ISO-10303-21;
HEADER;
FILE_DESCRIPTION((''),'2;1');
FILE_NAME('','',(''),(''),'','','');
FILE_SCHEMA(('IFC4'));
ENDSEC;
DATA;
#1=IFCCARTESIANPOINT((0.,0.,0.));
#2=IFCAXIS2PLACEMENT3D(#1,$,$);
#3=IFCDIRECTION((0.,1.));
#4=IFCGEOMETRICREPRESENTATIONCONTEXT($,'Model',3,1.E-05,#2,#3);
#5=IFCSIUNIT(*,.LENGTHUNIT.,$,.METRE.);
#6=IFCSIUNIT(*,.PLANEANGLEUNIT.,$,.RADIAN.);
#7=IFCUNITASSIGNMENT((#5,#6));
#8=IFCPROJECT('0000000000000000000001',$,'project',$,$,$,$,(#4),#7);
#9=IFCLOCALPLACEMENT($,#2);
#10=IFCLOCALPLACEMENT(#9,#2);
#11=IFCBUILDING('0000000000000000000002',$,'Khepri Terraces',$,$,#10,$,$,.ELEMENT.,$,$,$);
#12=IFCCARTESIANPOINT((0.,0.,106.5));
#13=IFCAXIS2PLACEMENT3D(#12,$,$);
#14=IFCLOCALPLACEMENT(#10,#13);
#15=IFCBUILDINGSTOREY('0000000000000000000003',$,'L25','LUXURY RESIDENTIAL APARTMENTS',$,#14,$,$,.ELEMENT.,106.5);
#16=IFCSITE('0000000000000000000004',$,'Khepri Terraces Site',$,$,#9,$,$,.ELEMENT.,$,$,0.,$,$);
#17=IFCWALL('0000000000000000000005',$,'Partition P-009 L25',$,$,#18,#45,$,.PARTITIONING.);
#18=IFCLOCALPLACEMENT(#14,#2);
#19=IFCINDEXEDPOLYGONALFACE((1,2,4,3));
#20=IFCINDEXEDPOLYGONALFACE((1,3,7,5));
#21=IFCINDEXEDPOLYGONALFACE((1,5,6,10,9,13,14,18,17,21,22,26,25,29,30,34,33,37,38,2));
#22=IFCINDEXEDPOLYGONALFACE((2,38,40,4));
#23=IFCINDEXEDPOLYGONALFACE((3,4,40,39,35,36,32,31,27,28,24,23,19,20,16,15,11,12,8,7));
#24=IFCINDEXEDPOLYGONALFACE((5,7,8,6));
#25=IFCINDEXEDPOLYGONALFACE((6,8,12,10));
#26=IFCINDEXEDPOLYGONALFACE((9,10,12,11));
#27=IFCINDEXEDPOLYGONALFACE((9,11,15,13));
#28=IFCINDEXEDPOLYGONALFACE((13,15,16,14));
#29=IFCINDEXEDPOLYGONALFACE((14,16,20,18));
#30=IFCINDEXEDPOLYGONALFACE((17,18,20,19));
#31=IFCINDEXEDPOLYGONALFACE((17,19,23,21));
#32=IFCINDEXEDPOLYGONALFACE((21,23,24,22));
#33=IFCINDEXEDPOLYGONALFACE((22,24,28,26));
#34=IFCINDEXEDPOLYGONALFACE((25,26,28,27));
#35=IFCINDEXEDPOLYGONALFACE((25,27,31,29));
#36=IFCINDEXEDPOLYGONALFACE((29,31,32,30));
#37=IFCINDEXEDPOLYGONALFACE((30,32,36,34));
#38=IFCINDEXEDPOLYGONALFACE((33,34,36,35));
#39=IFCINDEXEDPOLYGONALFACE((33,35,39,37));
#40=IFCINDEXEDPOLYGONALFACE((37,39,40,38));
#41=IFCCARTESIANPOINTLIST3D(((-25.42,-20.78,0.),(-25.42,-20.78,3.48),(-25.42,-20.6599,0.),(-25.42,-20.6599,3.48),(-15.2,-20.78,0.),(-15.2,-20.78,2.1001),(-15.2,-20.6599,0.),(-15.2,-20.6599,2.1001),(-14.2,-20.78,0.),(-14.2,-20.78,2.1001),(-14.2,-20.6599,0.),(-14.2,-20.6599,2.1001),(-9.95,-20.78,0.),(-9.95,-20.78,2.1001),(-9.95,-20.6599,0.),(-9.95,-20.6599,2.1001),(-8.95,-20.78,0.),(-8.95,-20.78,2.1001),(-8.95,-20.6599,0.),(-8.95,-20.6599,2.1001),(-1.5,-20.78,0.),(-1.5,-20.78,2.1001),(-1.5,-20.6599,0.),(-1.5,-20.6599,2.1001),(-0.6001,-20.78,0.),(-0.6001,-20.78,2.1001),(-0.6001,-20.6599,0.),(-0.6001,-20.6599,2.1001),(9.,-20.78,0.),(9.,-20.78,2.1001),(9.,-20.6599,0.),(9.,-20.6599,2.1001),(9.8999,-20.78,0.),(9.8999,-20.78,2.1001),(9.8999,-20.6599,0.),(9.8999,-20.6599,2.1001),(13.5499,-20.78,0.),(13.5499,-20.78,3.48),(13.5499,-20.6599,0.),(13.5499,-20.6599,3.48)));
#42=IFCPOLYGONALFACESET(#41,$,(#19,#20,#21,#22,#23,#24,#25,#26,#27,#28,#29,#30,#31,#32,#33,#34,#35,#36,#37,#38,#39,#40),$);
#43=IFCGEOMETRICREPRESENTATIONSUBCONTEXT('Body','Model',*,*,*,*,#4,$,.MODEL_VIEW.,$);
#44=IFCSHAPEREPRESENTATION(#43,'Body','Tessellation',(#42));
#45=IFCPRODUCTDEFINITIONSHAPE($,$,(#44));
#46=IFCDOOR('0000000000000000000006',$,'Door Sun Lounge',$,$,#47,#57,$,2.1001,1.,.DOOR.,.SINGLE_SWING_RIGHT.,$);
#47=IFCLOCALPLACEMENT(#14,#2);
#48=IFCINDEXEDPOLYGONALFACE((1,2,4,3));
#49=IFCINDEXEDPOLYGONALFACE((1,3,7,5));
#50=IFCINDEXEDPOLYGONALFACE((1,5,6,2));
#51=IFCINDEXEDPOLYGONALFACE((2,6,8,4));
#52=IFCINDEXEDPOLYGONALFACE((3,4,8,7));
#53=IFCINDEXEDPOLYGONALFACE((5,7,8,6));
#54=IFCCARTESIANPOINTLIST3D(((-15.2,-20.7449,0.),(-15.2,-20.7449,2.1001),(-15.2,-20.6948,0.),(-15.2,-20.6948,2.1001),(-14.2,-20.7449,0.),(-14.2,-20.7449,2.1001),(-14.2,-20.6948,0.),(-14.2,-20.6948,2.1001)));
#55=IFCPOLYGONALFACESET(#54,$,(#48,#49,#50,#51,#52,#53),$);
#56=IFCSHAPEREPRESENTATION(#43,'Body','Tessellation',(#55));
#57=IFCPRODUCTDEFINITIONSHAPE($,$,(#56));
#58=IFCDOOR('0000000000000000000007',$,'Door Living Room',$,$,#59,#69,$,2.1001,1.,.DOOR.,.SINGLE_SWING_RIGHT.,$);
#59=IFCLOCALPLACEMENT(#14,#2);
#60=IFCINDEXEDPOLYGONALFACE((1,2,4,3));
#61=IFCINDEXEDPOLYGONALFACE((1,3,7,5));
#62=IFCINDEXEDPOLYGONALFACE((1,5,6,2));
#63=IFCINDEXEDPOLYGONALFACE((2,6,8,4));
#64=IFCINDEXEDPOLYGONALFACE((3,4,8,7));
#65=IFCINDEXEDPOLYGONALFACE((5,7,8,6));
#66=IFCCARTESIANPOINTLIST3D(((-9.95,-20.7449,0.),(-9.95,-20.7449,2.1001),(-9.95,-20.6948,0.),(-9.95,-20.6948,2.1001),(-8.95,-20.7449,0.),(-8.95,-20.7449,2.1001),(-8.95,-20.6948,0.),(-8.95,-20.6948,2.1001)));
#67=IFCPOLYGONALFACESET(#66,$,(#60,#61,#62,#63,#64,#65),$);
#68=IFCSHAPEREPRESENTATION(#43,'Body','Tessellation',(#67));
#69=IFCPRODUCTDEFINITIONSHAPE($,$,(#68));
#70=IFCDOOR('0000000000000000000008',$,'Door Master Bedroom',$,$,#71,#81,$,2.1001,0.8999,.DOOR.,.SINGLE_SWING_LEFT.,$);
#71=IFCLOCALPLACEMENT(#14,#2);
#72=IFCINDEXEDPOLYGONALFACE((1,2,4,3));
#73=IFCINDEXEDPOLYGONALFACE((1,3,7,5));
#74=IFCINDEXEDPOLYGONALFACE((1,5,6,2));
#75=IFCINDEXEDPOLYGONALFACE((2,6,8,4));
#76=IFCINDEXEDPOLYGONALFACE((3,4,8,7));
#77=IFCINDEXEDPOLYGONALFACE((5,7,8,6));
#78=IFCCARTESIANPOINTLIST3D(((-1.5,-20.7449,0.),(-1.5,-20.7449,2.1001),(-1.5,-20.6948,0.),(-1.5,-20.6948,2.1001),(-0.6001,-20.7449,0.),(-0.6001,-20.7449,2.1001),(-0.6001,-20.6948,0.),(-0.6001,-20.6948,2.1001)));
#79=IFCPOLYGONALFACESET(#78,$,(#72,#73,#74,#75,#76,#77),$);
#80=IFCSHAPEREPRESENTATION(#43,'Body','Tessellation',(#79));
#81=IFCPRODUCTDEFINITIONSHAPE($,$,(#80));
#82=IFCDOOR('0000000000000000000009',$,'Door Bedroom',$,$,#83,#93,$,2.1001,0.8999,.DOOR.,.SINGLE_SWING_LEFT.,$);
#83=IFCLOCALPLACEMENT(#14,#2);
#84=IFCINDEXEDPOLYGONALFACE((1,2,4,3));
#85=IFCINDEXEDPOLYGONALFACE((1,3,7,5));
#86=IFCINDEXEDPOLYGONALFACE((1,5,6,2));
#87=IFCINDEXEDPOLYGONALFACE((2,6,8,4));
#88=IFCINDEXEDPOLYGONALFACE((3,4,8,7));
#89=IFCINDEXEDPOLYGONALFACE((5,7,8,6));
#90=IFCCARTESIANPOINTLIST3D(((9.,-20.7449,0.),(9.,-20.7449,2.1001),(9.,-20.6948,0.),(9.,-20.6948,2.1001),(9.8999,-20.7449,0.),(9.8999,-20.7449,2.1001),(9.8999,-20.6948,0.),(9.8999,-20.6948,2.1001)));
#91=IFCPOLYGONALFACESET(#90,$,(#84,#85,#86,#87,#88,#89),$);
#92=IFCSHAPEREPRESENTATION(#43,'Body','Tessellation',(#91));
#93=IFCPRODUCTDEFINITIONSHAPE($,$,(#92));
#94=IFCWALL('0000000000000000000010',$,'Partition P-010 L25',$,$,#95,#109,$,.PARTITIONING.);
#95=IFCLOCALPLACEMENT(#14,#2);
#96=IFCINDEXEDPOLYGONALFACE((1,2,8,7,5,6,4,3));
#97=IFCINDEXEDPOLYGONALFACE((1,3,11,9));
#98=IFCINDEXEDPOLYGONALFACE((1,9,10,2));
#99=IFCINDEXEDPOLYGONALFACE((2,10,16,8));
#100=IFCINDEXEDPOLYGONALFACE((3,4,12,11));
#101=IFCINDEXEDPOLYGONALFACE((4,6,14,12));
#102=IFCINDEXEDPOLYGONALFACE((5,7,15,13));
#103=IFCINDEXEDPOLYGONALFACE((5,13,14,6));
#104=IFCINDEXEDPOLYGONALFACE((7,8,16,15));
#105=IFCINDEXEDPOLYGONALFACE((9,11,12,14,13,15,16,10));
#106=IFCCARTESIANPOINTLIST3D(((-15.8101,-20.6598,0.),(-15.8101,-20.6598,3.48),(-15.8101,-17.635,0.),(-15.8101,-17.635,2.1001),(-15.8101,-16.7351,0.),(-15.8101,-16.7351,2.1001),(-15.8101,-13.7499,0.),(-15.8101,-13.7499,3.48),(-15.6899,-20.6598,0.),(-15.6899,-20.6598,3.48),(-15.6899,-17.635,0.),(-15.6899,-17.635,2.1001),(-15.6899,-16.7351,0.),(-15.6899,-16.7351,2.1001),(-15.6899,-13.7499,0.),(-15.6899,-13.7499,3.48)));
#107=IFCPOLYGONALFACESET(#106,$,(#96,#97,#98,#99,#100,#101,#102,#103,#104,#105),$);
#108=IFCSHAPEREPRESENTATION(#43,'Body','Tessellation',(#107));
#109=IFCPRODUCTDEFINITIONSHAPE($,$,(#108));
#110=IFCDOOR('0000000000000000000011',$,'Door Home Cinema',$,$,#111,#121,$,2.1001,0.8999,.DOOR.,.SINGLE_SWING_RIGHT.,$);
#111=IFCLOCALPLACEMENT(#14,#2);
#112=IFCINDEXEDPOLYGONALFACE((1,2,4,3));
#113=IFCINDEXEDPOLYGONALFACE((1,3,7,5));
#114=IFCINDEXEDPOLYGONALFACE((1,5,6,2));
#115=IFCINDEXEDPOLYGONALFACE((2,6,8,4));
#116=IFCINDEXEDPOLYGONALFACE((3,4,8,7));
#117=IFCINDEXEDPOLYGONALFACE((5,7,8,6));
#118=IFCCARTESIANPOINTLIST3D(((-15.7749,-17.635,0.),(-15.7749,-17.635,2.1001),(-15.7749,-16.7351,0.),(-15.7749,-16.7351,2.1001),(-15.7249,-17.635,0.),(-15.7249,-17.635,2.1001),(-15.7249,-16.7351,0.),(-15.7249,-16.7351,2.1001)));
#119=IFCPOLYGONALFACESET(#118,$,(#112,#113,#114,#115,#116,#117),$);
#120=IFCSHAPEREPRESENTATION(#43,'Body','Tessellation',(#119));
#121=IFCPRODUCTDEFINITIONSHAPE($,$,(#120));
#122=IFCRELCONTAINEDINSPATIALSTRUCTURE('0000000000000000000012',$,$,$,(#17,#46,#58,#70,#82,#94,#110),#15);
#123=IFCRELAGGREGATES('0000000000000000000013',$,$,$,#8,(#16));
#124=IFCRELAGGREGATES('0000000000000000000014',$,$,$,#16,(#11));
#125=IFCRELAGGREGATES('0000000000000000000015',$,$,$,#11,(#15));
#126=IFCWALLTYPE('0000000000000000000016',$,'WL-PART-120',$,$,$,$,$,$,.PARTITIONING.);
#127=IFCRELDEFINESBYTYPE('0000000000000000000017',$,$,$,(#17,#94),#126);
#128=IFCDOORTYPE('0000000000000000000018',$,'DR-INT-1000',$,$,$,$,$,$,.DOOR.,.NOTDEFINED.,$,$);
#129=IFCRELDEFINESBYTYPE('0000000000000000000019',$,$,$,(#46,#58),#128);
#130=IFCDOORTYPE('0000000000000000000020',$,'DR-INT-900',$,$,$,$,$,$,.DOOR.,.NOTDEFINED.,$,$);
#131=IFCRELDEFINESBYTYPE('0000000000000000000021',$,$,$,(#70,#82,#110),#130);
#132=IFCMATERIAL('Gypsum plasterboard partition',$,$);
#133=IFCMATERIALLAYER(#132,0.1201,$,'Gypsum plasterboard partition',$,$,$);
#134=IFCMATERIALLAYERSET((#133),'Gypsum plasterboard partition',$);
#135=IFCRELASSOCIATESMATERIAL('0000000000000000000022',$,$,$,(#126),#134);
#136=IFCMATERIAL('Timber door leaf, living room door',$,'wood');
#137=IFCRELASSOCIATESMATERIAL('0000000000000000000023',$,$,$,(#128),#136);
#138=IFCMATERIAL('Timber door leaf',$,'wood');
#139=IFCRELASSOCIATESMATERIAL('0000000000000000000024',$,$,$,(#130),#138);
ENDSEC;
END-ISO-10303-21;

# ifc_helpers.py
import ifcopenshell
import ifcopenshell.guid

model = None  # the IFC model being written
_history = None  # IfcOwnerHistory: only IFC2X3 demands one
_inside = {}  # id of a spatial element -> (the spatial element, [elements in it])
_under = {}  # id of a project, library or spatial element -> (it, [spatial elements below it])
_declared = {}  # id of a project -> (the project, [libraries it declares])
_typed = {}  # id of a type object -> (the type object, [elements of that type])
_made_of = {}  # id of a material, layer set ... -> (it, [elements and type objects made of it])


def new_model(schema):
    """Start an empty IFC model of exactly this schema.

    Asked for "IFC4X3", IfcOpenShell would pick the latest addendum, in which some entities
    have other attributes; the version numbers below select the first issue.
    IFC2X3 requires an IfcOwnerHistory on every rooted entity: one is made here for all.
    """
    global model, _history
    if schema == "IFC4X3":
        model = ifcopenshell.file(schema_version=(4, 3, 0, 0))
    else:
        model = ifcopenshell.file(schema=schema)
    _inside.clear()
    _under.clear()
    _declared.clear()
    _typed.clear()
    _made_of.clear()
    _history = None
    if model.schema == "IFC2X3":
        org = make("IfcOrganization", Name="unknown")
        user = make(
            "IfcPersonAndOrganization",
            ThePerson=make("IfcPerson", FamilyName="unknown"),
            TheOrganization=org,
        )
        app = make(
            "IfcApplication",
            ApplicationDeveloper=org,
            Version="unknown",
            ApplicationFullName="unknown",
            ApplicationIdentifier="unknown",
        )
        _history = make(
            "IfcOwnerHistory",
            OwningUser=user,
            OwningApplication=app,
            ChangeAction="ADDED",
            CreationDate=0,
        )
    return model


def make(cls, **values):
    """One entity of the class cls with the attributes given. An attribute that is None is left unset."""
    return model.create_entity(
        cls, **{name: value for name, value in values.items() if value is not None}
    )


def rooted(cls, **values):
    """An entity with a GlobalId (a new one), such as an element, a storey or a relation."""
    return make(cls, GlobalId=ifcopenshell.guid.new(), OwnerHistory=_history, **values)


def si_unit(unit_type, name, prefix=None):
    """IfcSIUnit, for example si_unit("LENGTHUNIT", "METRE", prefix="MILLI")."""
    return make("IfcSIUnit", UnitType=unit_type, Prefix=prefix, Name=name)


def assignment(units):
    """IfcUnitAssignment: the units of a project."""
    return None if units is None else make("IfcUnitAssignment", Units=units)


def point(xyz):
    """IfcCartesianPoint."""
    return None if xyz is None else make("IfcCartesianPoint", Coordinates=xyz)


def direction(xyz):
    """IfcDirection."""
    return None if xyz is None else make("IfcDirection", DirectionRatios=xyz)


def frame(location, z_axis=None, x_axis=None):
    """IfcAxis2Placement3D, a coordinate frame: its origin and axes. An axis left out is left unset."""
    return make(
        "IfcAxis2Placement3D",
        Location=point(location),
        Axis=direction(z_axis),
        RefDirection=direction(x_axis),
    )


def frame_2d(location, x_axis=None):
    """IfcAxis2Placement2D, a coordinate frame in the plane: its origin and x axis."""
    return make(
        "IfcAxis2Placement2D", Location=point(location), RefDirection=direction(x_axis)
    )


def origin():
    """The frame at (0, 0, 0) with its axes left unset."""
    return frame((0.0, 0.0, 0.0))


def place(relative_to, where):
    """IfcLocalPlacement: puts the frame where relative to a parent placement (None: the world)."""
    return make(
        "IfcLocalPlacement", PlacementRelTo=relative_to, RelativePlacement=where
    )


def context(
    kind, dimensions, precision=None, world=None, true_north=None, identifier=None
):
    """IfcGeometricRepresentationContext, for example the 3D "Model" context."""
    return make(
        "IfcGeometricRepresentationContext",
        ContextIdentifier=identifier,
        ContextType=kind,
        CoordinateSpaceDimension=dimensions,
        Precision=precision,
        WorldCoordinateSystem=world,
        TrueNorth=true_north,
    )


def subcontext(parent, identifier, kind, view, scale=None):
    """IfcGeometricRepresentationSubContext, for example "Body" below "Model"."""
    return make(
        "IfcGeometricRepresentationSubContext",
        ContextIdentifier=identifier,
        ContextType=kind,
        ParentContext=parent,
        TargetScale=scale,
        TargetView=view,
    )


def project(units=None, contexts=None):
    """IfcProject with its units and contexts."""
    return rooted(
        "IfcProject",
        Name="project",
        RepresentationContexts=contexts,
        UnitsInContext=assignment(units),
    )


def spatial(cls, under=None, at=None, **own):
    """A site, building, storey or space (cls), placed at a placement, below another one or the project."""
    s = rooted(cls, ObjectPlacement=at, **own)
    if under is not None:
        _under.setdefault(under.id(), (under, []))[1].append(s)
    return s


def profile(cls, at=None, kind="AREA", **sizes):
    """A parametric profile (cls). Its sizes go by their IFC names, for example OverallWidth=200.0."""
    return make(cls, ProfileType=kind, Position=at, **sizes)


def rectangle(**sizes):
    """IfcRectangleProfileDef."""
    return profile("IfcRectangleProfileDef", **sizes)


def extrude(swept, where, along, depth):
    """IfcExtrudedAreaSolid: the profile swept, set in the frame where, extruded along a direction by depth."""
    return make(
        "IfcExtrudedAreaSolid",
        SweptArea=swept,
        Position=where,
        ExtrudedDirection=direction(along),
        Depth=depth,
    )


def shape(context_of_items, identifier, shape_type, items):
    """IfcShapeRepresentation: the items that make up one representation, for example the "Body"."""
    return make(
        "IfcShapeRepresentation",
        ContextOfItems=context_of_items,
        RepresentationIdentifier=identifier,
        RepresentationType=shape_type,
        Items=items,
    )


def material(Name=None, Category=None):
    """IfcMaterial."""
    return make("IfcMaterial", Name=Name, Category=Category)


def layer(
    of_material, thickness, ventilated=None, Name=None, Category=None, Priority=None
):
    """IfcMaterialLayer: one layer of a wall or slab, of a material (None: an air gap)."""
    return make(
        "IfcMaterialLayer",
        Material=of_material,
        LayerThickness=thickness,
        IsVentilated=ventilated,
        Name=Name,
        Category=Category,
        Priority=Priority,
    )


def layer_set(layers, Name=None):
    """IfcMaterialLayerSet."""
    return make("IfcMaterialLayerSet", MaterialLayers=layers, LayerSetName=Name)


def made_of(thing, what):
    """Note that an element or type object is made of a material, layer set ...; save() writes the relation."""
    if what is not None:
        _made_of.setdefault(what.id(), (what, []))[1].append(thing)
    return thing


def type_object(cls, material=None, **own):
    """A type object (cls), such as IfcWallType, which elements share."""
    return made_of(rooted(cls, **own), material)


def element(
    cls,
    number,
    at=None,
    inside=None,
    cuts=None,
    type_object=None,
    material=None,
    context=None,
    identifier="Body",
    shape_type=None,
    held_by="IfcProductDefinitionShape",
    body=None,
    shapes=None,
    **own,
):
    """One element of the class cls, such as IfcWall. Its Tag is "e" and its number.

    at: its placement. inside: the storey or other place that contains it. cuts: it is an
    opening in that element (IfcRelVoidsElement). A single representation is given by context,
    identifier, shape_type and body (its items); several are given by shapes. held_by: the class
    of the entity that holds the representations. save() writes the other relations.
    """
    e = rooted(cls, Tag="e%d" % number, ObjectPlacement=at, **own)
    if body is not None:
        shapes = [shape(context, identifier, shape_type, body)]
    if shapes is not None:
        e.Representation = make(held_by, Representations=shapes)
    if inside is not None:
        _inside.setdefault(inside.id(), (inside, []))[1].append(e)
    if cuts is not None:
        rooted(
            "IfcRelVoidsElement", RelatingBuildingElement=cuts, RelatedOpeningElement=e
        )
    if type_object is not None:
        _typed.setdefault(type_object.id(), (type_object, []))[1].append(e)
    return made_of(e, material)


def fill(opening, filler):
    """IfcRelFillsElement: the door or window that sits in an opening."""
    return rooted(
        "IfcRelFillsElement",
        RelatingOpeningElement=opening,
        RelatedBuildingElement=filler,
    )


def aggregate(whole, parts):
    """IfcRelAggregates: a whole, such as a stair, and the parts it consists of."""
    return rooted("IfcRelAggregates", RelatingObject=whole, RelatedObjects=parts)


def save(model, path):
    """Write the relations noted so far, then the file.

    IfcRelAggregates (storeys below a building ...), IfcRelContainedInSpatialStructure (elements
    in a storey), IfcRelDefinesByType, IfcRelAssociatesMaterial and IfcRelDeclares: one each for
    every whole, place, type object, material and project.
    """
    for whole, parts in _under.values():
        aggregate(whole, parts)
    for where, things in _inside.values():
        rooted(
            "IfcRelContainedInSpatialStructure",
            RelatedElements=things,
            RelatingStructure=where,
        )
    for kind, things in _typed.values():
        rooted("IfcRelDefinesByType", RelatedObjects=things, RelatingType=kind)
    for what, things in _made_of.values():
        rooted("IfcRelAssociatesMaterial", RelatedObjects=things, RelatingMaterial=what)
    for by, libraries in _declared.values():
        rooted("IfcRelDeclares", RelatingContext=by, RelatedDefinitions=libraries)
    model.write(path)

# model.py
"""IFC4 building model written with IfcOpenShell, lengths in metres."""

from ifc_helpers import new_model, si_unit, direction, frame, frame_2d, origin, place, context, subcontext, project, spatial, rectangle, extrude, material, layer, layer_set, type_object, element, fill, save


model = new_model("IFC4")

# Units and contexts
model_context = context("Model", 3, precision=1e-05, world=origin(), true_north=direction((0.0, 1.0)))
body_context = subcontext(model_context, "Body", "Model", "MODEL_VIEW")
ifc_project = project(units=[si_unit("LENGTHUNIT", "METRE"), si_unit("PLANEANGLEUNIT", "RADIAN")], contexts=[model_context])

# Site, building, storey
site_placement = place(None, origin())
site = spatial("IfcSite", under=ifc_project, at=site_placement, Name="Khepri Terraces Site", CompositionType="ELEMENT", RefElevation=0.0)
building_placement = place(site_placement, origin())
building = spatial("IfcBuilding", under=site, at=building_placement, Name="Khepri Terraces", CompositionType="ELEMENT")
storey_placement = place(building_placement, frame((0.0, 0.0, 106.5)))
storey = spatial("IfcBuildingStorey", under=building, at=storey_placement, Name="L25", Description="LUXURY RESIDENTIAL APARTMENTS", CompositionType="ELEMENT", Elevation=106.5)

# Wall, openings, doors
ifc_material_1 = material(Name="Gypsum plasterboard partition")
ifc_layer_1 = layer(ifc_material_1, 0.1201, Name="Gypsum plasterboard partition")
ifc_layer_set_1 = layer_set([ifc_layer_1], Name="Gypsum plasterboard partition")
wall_type_1 = type_object("IfcWallType", Name="WL-PART-120", PredefinedType="PARTITIONING", material=ifc_layer_set_1)
wall_1_placement = place(storey_placement, frame((-25.4199, -20.72, 0.0), z_axis=(0.0, 0.0, 1.0), x_axis=(1.0, 0.0, 0.0)))
wall_1 = element("IfcWall", 1, at=wall_1_placement, inside=storey, type_object=wall_type_1, Name="Partition P-009 L25", PredefinedType="PARTITIONING", context=body_context, shape_type="SweptSolid", body=[
    extrude(rectangle(XDim=38.97, YDim=0.1201, at=frame_2d((19.4849, 0.0))), origin(), (0.0, 0.0, 1.0), 3.48),
])
opening_1_placement = place(wall_1_placement, frame((10.22, 0.0, 0.0)))
opening_1 = element("IfcOpeningElement", 2, at=opening_1_placement, cuts=wall_1, PredefinedType="OPENING", context=body_context, shape_type="SweptSolid", body=[
    extrude(rectangle(XDim=1.0, YDim=2.1001, at=frame_2d((0.5, 1.05))), frame((0.0, 0.0701, 0.0), z_axis=(0.0, -1.0, 0.0), x_axis=(1.0, 0.0, 0.0)), (0.0, 0.0, 1.0), 0.1401),
])
opening_2_placement = place(wall_1_placement, frame((15.47, 0.0, 0.0)))
opening_2 = element("IfcOpeningElement", 3, at=opening_2_placement, cuts=wall_1, PredefinedType="OPENING", context=body_context, shape_type="SweptSolid", body=[
    extrude(rectangle(XDim=1.0, YDim=2.1001, at=frame_2d((0.5, 1.05))), frame((0.0, 0.0701, 0.0), z_axis=(0.0, -1.0, 0.0), x_axis=(1.0, 0.0, 0.0)), (0.0, 0.0, 1.0), 0.1401),
])
opening_3_placement = place(wall_1_placement, frame((23.9199, 0.0, 0.0)))
opening_3 = element("IfcOpeningElement", 4, at=opening_3_placement, cuts=wall_1, PredefinedType="OPENING", context=body_context, shape_type="SweptSolid", body=[
    extrude(rectangle(XDim=0.8999, YDim=2.1001, at=frame_2d((0.45, 1.05))), frame((0.0, 0.0701, 0.0), z_axis=(0.0, -1.0, 0.0), x_axis=(1.0, 0.0, 0.0)), (0.0, 0.0, 1.0), 0.1401),
])
opening_4_placement = place(wall_1_placement, frame((34.4199, 0.0, 0.0)))
opening_4 = element("IfcOpeningElement", 5, at=opening_4_placement, cuts=wall_1, PredefinedType="OPENING", context=body_context, shape_type="SweptSolid", body=[
    extrude(rectangle(XDim=0.8999, YDim=2.1001, at=frame_2d((0.45, 1.05))), frame((0.0, 0.0701, 0.0), z_axis=(0.0, -1.0, 0.0), x_axis=(1.0, 0.0, 0.0)), (0.0, 0.0, 1.0), 0.1401),
])
ifc_material_2 = material(Name="Timber door leaf, living room door", Category="wood")
door_type_1 = type_object("IfcDoorType", Name="DR-INT-1000", OperationType="NOTDEFINED", PredefinedType="DOOR", material=ifc_material_2)
door_1_placement = place(opening_1_placement, frame((1.0, 0.0, 0.0), z_axis=(0.0, 0.0, 1.0), x_axis=(-1.0, 0.0, 0.0)))
door_1 = element("IfcDoor", 6, at=door_1_placement, inside=storey, type_object=door_type_1, Name="Door Sun Lounge", OperationType="SINGLE_SWING_RIGHT", OverallHeight=2.1001, OverallWidth=1.0, PredefinedType="DOOR", context=body_context, shape_type="SweptSolid", body=[
    extrude(rectangle(XDim=1.0, YDim=2.1001, at=frame_2d((0.5, 1.05))), frame((0.0, 0.0249, 0.0), z_axis=(0.0, -1.0, 0.0), x_axis=(1.0, 0.0, 0.0)), (0.0, 0.0, 1.0), 0.05),
])
fill(opening_1, door_1)
door_2_placement = place(opening_2_placement, frame((1.0, 0.0, 0.0), z_axis=(0.0, 0.0, 1.0), x_axis=(-1.0, 0.0, 0.0)))
door_2 = element("IfcDoor", 7, at=door_2_placement, inside=storey, type_object=door_type_1, Name="Door Living Room", OperationType="SINGLE_SWING_RIGHT", OverallHeight=2.1001, OverallWidth=1.0, PredefinedType="DOOR", context=body_context, shape_type="SweptSolid", body=[
    extrude(rectangle(XDim=1.0, YDim=2.1001, at=frame_2d((0.5, 1.05))), frame((0.0, 0.0249, 0.0), z_axis=(0.0, -1.0, 0.0), x_axis=(1.0, 0.0, 0.0)), (0.0, 0.0, 1.0), 0.05),
])
fill(opening_2, door_2)
ifc_material_3 = material(Name="Timber door leaf", Category="wood")
door_type_2 = type_object("IfcDoorType", Name="DR-INT-900", OperationType="NOTDEFINED", PredefinedType="DOOR", material=ifc_material_3)
door_3_placement = place(opening_3_placement, frame((0.8999, 0.0, 0.0), z_axis=(0.0, 0.0, 1.0), x_axis=(-1.0, 0.0, 0.0)))
door_3 = element("IfcDoor", 8, at=door_3_placement, inside=storey, type_object=door_type_2, Name="Door Master Bedroom", OperationType="SINGLE_SWING_LEFT", OverallHeight=2.1001, OverallWidth=0.8999, PredefinedType="DOOR", context=body_context, shape_type="SweptSolid", body=[
    extrude(rectangle(XDim=0.8999, YDim=2.1001, at=frame_2d((0.45, 1.05))), frame((0.0, 0.0249, 0.0), z_axis=(0.0, -1.0, 0.0), x_axis=(1.0, 0.0, 0.0)), (0.0, 0.0, 1.0), 0.05),
])
fill(opening_3, door_3)
door_4_placement = place(opening_4_placement, frame((0.8999, 0.0, 0.0), z_axis=(0.0, 0.0, 1.0), x_axis=(-1.0, 0.0, 0.0)))
door_4 = element("IfcDoor", 9, at=door_4_placement, inside=storey, type_object=door_type_2, Name="Door Bedroom", OperationType="SINGLE_SWING_LEFT", OverallHeight=2.1001, OverallWidth=0.8999, PredefinedType="DOOR", context=body_context, shape_type="SweptSolid", body=[
    extrude(rectangle(XDim=0.8999, YDim=2.1001, at=frame_2d((0.45, 1.05))), frame((0.0, 0.0249, 0.0), z_axis=(0.0, -1.0, 0.0), x_axis=(1.0, 0.0, 0.0)), (0.0, 0.0, 1.0), 0.05),
])
fill(opening_4, door_4)

# Wall, opening, door
wall_2_placement = place(storey_placement, frame((-15.75, -20.6599, 0.0), z_axis=(0.0, 0.0, 1.0), x_axis=(0.0, 1.0, 0.0)))
wall_2 = element("IfcWall", 10, at=wall_2_placement, inside=storey, type_object=wall_type_1, Name="Partition P-010 L25", PredefinedType="PARTITIONING", context=body_context, shape_type="SweptSolid", body=[
    extrude(rectangle(XDim=6.9099, YDim=0.1201, at=frame_2d((3.4551, 0.0))), origin(), (0.0, 0.0, 1.0), 3.48),
])
opening_5_placement = place(wall_2_placement, frame((3.0249, 0.0, 0.0)))
opening_5 = element("IfcOpeningElement", 11, at=opening_5_placement, cuts=wall_2, PredefinedType="OPENING", context=body_context, shape_type="SweptSolid", body=[
    extrude(rectangle(XDim=0.8999, YDim=2.1001, at=frame_2d((0.45, 1.05))), frame((0.0, 0.0701, 0.0), z_axis=(0.0, -1.0, 0.0), x_axis=(1.0, 0.0, 0.0)), (0.0, 0.0, 1.0), 0.1401),
])
door_5_placement = place(opening_5_placement, origin())
door_5 = element("IfcDoor", 12, at=door_5_placement, inside=storey, type_object=door_type_2, Name="Door Home Cinema", OperationType="SINGLE_SWING_RIGHT", OverallHeight=2.1001, OverallWidth=0.8999, PredefinedType="DOOR", context=body_context, shape_type="SweptSolid", body=[
    extrude(rectangle(XDim=0.8999, YDim=2.1001, at=frame_2d((0.45, 1.05))), frame((0.0, 0.0249, 0.0), z_axis=(0.0, -1.0, 0.0), x_axis=(1.0, 0.0, 0.0)), (0.0, 0.0, 1.0), 0.05),
])
fill(opening_5, door_5)

save(model, "model.ifc")
